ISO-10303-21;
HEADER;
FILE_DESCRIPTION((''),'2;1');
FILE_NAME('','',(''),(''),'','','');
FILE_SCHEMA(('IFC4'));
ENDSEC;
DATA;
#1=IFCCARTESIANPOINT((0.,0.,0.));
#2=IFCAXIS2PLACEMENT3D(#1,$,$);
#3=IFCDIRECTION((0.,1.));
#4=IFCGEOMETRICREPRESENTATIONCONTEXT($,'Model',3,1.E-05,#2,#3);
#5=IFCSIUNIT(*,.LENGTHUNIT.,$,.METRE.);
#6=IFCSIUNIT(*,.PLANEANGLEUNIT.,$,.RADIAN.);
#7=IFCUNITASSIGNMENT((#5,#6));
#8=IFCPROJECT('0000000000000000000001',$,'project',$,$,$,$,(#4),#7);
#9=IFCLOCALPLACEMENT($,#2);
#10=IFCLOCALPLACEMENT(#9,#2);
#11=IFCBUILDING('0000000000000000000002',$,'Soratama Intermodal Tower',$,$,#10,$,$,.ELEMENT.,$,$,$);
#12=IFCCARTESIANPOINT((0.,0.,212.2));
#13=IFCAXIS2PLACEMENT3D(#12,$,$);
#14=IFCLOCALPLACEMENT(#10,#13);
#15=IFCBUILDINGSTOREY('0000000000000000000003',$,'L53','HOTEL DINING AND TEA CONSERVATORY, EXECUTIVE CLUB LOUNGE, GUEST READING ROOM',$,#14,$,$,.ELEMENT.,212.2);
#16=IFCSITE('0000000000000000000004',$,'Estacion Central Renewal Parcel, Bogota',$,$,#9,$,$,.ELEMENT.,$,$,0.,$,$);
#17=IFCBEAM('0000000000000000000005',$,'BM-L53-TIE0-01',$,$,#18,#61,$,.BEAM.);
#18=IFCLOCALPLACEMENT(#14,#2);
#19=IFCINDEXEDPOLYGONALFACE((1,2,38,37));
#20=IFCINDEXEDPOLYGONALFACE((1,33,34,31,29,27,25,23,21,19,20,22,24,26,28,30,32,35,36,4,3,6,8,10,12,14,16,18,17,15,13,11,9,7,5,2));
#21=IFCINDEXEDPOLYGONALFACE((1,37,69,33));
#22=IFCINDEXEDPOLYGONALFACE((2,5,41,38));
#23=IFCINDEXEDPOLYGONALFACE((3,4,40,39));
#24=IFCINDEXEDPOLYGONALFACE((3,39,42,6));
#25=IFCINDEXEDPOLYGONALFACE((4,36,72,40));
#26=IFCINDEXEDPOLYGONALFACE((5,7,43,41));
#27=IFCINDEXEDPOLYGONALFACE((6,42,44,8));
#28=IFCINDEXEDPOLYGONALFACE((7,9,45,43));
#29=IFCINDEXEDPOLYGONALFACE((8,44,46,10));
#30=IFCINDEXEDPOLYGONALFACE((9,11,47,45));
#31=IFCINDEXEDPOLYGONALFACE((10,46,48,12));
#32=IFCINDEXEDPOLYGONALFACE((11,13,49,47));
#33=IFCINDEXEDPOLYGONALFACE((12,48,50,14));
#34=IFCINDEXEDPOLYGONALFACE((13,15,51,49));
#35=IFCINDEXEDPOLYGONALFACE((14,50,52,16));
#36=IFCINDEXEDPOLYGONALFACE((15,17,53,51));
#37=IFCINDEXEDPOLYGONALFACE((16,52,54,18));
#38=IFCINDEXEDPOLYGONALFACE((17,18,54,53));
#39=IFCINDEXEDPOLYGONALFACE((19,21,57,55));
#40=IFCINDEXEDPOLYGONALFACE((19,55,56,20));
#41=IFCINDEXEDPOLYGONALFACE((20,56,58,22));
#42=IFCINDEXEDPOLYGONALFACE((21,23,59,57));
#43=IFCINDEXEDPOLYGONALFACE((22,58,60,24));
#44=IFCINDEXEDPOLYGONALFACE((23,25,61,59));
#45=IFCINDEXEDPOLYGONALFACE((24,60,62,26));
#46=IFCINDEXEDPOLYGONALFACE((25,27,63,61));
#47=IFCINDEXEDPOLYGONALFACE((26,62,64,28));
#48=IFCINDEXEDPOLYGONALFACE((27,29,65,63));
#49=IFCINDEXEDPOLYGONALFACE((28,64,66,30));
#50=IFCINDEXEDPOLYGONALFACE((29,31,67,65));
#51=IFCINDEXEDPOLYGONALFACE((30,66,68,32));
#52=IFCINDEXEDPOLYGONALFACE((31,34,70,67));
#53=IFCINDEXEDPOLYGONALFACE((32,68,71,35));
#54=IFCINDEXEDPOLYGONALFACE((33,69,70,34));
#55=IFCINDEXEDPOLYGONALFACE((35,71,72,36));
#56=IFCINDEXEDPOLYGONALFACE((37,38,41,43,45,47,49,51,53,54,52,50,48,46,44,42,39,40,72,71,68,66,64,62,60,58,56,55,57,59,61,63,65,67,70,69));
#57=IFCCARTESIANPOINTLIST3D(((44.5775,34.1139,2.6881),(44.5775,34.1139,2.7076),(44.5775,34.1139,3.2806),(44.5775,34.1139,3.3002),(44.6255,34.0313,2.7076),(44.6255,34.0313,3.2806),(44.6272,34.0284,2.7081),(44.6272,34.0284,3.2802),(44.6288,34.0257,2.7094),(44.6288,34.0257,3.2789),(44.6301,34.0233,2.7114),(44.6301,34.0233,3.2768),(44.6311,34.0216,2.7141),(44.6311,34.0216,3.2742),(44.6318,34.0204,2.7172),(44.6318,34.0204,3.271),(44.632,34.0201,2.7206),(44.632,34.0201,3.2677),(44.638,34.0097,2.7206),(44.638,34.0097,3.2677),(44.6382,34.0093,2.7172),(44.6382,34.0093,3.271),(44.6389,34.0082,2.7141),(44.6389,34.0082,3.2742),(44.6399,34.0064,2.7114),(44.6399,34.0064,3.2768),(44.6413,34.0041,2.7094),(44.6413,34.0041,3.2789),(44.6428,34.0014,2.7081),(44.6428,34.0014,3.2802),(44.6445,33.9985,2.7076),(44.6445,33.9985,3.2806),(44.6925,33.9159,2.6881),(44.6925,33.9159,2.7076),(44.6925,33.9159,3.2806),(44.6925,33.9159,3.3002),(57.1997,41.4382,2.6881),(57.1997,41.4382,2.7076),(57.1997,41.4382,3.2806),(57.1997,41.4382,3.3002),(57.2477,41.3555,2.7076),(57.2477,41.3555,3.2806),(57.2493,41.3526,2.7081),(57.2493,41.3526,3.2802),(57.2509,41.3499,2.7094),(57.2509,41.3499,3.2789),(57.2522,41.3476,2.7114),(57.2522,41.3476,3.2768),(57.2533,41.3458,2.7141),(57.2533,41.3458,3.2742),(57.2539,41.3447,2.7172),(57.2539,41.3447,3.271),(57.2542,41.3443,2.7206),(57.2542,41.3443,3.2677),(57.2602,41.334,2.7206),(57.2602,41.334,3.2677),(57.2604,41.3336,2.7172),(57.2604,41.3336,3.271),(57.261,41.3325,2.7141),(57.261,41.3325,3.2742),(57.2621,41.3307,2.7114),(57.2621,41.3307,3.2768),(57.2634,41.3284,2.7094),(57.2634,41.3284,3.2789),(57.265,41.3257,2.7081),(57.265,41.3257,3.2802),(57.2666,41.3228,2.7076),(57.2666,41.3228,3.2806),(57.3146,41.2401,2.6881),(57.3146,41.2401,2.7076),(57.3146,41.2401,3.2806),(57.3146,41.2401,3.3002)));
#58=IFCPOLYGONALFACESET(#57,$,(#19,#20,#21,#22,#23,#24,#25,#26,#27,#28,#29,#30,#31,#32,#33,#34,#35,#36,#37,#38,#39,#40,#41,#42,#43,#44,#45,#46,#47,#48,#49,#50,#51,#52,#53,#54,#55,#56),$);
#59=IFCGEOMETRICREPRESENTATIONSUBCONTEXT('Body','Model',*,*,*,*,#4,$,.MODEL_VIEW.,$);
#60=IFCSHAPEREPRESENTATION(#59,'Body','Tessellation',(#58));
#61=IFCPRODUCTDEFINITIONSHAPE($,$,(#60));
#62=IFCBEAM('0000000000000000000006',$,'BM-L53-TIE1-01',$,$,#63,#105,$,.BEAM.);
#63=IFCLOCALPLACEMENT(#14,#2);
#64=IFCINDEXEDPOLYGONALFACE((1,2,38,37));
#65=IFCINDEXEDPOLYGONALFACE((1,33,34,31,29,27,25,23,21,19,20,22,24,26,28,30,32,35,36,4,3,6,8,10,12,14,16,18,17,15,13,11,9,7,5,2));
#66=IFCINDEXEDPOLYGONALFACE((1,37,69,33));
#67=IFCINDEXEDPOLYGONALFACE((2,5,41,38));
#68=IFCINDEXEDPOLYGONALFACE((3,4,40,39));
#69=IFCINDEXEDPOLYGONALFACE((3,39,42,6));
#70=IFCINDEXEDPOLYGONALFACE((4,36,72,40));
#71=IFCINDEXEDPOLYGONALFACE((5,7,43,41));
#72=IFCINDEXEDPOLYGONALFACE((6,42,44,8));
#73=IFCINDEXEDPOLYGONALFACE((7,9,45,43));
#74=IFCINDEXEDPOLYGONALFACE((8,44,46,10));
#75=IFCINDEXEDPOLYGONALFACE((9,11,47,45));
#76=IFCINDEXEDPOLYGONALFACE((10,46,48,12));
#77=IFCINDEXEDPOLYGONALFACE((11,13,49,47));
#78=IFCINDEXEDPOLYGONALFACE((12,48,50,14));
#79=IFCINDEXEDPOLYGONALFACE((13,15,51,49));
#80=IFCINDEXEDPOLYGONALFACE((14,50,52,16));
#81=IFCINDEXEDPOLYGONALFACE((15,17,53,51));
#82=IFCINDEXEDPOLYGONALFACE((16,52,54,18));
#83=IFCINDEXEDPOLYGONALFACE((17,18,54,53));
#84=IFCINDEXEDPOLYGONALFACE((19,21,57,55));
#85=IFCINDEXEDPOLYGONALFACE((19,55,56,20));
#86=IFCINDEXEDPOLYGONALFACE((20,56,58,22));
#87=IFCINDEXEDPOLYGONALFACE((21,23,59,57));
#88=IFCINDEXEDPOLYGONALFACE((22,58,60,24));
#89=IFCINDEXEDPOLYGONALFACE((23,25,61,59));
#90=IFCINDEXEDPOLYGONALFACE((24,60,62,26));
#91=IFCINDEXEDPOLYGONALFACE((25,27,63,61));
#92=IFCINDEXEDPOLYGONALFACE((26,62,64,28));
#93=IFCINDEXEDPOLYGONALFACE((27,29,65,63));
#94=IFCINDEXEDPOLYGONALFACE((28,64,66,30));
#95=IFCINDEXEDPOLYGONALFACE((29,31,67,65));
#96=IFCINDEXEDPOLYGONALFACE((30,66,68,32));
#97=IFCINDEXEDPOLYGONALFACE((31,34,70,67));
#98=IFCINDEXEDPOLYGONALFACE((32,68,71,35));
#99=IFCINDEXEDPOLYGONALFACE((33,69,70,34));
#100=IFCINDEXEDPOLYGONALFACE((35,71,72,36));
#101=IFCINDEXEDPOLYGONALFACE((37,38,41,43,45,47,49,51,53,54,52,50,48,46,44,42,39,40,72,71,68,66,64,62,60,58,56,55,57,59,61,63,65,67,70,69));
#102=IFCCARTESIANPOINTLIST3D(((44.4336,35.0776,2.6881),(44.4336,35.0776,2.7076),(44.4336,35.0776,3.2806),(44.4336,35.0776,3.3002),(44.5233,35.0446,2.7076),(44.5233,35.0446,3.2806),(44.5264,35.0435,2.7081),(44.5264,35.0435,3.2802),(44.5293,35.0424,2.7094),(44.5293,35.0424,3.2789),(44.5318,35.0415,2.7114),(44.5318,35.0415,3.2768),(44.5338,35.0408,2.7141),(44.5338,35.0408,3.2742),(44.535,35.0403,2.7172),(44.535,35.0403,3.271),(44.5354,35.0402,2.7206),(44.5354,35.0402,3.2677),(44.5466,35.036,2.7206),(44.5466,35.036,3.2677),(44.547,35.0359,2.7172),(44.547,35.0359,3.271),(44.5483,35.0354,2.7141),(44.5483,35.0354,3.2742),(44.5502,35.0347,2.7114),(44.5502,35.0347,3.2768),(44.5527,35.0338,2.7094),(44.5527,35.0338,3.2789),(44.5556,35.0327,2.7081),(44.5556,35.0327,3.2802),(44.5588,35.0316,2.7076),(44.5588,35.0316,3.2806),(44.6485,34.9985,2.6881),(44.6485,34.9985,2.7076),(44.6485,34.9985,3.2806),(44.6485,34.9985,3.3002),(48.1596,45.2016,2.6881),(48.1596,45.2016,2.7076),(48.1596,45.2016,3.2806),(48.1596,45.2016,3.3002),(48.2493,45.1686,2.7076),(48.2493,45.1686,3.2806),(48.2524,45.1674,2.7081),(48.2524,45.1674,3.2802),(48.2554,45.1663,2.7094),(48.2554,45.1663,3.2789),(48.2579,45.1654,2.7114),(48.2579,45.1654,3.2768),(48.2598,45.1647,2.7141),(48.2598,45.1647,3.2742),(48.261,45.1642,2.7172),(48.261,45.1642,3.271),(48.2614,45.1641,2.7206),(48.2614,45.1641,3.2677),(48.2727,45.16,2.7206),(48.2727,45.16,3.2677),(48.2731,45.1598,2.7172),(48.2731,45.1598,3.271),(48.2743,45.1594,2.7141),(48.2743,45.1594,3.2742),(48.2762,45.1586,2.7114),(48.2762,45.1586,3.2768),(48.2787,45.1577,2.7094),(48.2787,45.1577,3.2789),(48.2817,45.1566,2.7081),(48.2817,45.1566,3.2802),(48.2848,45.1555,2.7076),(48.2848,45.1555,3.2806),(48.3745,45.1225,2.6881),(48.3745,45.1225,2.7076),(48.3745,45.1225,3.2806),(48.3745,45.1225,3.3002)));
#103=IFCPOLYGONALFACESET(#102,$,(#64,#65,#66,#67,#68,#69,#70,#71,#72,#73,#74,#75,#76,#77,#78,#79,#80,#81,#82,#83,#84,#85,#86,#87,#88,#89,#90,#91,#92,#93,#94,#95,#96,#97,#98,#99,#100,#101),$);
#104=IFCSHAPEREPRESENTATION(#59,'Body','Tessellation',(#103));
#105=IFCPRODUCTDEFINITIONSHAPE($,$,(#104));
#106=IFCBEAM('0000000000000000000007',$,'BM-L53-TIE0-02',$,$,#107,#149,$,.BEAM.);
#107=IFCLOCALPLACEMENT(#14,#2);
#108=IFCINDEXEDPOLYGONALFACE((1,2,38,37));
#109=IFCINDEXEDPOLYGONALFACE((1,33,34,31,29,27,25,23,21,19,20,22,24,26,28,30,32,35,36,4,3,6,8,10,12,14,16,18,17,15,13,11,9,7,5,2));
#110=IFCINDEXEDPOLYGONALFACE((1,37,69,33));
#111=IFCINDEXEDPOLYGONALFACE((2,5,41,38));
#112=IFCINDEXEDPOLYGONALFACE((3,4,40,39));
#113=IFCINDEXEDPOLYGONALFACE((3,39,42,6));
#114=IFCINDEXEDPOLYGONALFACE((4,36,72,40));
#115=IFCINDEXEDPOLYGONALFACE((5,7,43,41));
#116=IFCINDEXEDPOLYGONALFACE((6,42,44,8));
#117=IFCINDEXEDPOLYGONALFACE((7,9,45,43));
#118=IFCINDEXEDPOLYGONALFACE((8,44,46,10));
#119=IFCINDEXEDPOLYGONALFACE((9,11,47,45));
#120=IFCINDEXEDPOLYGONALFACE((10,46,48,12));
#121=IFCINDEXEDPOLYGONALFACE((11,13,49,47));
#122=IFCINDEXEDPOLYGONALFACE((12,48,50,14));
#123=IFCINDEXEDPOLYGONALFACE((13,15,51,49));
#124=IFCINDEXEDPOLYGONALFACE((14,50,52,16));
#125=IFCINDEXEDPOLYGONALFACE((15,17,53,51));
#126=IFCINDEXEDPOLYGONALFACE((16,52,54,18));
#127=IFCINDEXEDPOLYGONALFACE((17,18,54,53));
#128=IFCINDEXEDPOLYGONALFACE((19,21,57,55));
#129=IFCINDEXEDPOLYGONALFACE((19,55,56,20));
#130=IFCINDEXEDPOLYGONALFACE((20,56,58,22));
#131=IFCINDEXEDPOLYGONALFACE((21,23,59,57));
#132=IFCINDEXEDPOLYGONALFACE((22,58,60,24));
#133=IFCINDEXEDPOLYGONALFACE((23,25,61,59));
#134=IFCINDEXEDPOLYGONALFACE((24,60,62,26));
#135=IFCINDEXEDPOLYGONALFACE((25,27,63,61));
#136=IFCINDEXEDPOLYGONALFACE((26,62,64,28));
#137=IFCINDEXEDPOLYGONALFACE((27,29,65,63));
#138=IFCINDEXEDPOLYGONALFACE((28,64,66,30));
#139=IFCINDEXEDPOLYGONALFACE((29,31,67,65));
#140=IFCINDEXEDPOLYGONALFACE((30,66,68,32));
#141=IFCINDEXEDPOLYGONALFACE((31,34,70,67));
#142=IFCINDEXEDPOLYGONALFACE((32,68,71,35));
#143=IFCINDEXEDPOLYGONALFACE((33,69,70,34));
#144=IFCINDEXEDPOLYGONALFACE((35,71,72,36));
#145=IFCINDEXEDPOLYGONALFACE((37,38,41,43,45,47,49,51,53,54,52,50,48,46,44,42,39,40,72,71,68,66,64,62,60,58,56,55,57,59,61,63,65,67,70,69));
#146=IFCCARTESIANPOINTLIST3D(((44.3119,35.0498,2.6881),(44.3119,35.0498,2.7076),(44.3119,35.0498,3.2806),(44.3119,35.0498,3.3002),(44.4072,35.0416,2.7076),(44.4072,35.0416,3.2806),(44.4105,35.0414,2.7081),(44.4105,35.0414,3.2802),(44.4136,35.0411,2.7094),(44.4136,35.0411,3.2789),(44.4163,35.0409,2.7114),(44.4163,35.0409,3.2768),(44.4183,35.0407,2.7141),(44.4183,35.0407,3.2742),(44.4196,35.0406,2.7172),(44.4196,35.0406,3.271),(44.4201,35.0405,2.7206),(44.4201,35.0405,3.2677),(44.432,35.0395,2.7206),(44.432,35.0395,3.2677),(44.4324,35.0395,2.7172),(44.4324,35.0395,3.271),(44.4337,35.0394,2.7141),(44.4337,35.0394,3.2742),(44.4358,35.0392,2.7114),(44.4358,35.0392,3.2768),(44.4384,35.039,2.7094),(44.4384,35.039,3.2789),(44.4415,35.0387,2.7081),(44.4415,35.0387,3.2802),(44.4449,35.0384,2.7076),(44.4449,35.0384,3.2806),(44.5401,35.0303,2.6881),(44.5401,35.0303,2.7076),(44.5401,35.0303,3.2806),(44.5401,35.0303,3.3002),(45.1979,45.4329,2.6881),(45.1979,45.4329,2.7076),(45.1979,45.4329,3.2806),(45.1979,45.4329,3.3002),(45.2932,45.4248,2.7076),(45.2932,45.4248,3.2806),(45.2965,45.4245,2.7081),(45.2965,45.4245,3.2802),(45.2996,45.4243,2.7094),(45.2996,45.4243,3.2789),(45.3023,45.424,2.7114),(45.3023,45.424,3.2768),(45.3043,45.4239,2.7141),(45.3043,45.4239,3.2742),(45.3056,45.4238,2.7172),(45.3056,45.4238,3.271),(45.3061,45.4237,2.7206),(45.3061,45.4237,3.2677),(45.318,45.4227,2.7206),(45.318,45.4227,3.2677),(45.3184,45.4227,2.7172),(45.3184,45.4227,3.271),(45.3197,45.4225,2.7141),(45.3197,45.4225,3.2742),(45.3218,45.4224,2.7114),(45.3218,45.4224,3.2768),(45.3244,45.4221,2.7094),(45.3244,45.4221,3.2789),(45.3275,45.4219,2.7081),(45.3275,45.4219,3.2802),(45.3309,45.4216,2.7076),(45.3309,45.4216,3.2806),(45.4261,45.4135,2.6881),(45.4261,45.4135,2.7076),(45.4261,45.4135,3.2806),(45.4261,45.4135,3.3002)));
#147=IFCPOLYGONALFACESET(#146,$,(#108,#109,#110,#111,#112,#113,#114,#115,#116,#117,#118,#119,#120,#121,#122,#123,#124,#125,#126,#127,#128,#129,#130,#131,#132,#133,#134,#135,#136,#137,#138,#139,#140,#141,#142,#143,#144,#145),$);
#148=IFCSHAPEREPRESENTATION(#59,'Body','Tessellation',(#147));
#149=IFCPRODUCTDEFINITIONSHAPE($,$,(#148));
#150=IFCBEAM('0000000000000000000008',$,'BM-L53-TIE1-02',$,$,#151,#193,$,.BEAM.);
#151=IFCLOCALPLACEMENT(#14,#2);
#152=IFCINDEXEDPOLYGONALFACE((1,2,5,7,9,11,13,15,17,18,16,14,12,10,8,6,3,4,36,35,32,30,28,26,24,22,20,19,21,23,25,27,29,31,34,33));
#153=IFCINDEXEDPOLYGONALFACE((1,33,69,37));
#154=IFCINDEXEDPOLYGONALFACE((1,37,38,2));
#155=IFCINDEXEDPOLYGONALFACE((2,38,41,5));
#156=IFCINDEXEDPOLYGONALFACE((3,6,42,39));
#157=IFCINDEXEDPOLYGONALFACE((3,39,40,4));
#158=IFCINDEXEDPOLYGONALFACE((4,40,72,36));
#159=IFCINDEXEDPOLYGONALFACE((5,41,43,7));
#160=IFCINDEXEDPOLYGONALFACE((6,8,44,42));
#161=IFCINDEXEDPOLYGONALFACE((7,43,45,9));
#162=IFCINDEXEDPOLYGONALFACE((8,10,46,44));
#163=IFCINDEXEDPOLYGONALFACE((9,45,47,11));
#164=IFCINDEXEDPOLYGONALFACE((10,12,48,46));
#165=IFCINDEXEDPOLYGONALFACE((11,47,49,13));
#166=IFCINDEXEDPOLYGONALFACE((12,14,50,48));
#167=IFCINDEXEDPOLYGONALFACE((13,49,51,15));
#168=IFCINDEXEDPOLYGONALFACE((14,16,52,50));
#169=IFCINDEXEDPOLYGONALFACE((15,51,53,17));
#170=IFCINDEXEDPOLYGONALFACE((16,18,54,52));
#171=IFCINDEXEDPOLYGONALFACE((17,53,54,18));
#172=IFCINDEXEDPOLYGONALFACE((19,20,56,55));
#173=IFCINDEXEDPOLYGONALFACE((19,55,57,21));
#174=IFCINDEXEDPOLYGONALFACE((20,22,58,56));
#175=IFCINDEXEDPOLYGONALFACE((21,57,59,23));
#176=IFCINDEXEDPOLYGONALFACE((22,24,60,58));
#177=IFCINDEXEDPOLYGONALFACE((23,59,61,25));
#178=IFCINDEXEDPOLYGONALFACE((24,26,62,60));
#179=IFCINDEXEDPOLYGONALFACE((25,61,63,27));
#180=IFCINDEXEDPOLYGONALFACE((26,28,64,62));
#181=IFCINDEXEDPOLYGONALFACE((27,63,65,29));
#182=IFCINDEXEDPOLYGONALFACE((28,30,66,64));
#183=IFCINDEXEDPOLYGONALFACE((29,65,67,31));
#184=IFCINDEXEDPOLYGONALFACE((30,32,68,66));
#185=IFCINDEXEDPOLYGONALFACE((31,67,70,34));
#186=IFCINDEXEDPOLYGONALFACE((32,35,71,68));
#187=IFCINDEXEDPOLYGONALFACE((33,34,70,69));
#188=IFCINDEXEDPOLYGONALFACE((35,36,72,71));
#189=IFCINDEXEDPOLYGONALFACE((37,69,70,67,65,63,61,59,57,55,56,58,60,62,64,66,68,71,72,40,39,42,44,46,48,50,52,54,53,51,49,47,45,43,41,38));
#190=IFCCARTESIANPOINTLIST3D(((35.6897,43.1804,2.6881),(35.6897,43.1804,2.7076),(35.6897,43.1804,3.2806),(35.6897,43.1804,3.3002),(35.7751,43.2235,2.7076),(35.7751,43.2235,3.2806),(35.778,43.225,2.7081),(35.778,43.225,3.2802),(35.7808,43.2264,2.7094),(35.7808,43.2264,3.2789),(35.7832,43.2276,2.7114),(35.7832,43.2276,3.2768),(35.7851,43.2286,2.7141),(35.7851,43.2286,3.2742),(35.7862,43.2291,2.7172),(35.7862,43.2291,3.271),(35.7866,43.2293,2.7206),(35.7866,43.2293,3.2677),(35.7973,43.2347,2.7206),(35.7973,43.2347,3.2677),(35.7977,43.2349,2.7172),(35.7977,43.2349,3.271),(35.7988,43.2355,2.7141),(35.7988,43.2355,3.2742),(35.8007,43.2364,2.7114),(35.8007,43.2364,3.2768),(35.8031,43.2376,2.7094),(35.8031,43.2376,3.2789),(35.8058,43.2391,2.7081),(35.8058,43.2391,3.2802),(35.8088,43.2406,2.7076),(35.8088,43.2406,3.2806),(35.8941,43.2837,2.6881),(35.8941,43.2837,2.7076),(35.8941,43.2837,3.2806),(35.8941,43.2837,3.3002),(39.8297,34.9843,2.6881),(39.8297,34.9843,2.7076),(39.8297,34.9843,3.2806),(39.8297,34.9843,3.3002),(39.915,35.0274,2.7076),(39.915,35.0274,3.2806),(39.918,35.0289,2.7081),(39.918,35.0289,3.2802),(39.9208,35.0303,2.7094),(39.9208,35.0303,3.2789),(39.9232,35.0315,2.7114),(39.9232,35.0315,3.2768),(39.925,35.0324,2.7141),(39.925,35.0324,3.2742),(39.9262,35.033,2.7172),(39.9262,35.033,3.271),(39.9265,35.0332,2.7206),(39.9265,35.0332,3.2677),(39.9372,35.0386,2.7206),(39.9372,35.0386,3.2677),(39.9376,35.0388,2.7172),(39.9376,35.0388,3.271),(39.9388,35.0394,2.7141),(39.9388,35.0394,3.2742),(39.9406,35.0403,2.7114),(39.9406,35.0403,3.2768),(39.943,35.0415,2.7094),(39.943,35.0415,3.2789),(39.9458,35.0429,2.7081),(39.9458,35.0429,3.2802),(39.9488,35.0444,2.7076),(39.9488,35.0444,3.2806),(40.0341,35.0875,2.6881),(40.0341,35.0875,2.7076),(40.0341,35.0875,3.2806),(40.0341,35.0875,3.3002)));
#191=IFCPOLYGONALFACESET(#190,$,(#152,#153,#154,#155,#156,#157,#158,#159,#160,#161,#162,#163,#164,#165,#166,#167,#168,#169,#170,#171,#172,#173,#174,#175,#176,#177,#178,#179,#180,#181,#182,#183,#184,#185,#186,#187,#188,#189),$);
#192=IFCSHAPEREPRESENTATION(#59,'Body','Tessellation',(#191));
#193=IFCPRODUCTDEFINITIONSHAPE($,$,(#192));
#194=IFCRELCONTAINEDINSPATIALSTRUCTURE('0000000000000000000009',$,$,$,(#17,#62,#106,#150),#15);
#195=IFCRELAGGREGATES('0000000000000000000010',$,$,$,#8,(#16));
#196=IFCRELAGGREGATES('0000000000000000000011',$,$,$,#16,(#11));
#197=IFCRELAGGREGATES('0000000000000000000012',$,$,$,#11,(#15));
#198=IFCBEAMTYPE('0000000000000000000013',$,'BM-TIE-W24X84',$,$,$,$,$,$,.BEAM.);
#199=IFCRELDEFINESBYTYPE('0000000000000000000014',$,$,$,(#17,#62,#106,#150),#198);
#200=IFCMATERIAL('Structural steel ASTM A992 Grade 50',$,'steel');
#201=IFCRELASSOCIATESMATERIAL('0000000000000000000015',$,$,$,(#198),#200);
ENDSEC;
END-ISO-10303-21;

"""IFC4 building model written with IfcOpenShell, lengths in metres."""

from ifc_helpers import new_model, si_unit, direction, frame, origin, origin_2d, place, context, subcontext, project, spatial, i_section, extrude, material, material_profile, profile_set, type_object, element, save


model = new_model("IFC4")

# Units and contexts
model_context = context("Model", 3, precision=1e-05, world=origin(), true_north=direction((0.0, 1.0)))
body_context = subcontext(model_context, "Body", "Model", "MODEL_VIEW")
ifc_project = project(units=[si_unit("LENGTHUNIT", "METRE"), si_unit("PLANEANGLEUNIT", "RADIAN")], contexts=[model_context])

# Site, building, storey
site_placement = place(None, origin())
site = spatial("IfcSite", under=ifc_project, at=site_placement, Name="Estacion Central Renewal Parcel, Bogota", CompositionType="ELEMENT", RefElevation=0.0)
building_placement = place(site_placement, origin())
building = spatial("IfcBuilding", under=site, at=building_placement, Name="Soratama Intermodal Tower", CompositionType="ELEMENT")
storey_placement = place(building_placement, frame((0.0, 0.0, 212.2)))
storey = spatial("IfcBuildingStorey", under=building, at=storey_placement, Name="L53", Description="HOTEL DINING AND TEA CONSERVATORY, EXECUTIVE CLUB LOUNGE, GUEST READING ROOM", CompositionType="ELEMENT", Elevation=212.2)

# Beams
ifc_material_1 = material(Name="Structural steel ASTM A992 Grade 50", Category="steel")
ifc_material_profile_1 = material_profile(ifc_material_1, i_section(OverallWidth=0.229, OverallDepth=0.6121, WebThickness=0.012, FlangeThickness=0.0195, FilletRadius=0.0129, at=origin_2d()), Name="W24X84")
ifc_profile_set_1 = profile_set([ifc_material_profile_1], Name="Structural steel ASTM A992 Grade 50")
beam_type_1 = type_object("IfcBeamType", Name="BM-TIE-W24X84", PredefinedType="BEAM", material=ifc_profile_set_1)
beam_1_placement = place(storey_placement, frame((44.635, 34.0149, 2.9941), z_axis=(0.86493, 0.501893, 0.0), x_axis=(-0.501893, 0.86493, 0.0)))
element("IfcBeam", 1, at=beam_1_placement, inside=storey, type_object=beam_type_1, Name="BM-L53-TIE0-01", PredefinedType="BEAM", context=body_context, shape_type="SweptSolid", body=[
    extrude(i_section(OverallWidth=0.229, OverallDepth=0.6121, WebThickness=0.012, FlangeThickness=0.0195, FilletRadius=0.0129, at=origin_2d()), origin(), (0.0, 0.0, 1.0), 14.5933),
])
beam_2_placement = place(storey_placement, frame((44.541, 35.0381, 2.9941), z_axis=(0.345393, 0.938458, 0.0), x_axis=(-0.938458, 0.345393, 0.0)))
element("IfcBeam", 2, at=beam_2_placement, inside=storey, type_object=beam_type_1, Name="BM-L53-TIE1-01", PredefinedType="BEAM", context=body_context, shape_type="SweptSolid", body=[
    extrude(i_section(OverallWidth=0.229, OverallDepth=0.6121, WebThickness=0.012, FlangeThickness=0.0195, FilletRadius=0.0129, at=origin_2d()), origin(), (0.0, 0.0, 1.0), 10.7878),
])
beam_3_placement = place(storey_placement, frame((44.426, 35.04, 2.9941), z_axis=(0.085021, 0.996379, 0.0), x_axis=(-0.996379, 0.085021, 0.0)))
element("IfcBeam", 3, at=beam_3_placement, inside=storey, type_object=beam_type_1, Name="BM-L53-TIE0-02", PredefinedType="BEAM", context=body_context, shape_type="SweptSolid", body=[
    extrude(i_section(OverallWidth=0.229, OverallDepth=0.6121, WebThickness=0.012, FlangeThickness=0.0195, FilletRadius=0.0129, at=origin_2d()), origin(), (0.0, 0.0, 1.0), 10.4209),
])
beam_4_placement = place(storey_placement, frame((39.9319, 35.0359, 2.9941), z_axis=(-0.450858, 0.892596, 0.0), x_axis=(-0.892596, -0.450858, 0.0)))
element("IfcBeam", 4, at=beam_4_placement, inside=storey, type_object=beam_type_1, Name="BM-L53-TIE1-02", PredefinedType="BEAM", context=body_context, shape_type="SweptSolid", body=[
    extrude(i_section(OverallWidth=0.229, OverallDepth=0.6121, WebThickness=0.012, FlangeThickness=0.0195, FilletRadius=0.0129, at=origin_2d()), origin(), (0.0, 0.0, 1.0), 9.1824),
])

save(model, "model.ifc")
